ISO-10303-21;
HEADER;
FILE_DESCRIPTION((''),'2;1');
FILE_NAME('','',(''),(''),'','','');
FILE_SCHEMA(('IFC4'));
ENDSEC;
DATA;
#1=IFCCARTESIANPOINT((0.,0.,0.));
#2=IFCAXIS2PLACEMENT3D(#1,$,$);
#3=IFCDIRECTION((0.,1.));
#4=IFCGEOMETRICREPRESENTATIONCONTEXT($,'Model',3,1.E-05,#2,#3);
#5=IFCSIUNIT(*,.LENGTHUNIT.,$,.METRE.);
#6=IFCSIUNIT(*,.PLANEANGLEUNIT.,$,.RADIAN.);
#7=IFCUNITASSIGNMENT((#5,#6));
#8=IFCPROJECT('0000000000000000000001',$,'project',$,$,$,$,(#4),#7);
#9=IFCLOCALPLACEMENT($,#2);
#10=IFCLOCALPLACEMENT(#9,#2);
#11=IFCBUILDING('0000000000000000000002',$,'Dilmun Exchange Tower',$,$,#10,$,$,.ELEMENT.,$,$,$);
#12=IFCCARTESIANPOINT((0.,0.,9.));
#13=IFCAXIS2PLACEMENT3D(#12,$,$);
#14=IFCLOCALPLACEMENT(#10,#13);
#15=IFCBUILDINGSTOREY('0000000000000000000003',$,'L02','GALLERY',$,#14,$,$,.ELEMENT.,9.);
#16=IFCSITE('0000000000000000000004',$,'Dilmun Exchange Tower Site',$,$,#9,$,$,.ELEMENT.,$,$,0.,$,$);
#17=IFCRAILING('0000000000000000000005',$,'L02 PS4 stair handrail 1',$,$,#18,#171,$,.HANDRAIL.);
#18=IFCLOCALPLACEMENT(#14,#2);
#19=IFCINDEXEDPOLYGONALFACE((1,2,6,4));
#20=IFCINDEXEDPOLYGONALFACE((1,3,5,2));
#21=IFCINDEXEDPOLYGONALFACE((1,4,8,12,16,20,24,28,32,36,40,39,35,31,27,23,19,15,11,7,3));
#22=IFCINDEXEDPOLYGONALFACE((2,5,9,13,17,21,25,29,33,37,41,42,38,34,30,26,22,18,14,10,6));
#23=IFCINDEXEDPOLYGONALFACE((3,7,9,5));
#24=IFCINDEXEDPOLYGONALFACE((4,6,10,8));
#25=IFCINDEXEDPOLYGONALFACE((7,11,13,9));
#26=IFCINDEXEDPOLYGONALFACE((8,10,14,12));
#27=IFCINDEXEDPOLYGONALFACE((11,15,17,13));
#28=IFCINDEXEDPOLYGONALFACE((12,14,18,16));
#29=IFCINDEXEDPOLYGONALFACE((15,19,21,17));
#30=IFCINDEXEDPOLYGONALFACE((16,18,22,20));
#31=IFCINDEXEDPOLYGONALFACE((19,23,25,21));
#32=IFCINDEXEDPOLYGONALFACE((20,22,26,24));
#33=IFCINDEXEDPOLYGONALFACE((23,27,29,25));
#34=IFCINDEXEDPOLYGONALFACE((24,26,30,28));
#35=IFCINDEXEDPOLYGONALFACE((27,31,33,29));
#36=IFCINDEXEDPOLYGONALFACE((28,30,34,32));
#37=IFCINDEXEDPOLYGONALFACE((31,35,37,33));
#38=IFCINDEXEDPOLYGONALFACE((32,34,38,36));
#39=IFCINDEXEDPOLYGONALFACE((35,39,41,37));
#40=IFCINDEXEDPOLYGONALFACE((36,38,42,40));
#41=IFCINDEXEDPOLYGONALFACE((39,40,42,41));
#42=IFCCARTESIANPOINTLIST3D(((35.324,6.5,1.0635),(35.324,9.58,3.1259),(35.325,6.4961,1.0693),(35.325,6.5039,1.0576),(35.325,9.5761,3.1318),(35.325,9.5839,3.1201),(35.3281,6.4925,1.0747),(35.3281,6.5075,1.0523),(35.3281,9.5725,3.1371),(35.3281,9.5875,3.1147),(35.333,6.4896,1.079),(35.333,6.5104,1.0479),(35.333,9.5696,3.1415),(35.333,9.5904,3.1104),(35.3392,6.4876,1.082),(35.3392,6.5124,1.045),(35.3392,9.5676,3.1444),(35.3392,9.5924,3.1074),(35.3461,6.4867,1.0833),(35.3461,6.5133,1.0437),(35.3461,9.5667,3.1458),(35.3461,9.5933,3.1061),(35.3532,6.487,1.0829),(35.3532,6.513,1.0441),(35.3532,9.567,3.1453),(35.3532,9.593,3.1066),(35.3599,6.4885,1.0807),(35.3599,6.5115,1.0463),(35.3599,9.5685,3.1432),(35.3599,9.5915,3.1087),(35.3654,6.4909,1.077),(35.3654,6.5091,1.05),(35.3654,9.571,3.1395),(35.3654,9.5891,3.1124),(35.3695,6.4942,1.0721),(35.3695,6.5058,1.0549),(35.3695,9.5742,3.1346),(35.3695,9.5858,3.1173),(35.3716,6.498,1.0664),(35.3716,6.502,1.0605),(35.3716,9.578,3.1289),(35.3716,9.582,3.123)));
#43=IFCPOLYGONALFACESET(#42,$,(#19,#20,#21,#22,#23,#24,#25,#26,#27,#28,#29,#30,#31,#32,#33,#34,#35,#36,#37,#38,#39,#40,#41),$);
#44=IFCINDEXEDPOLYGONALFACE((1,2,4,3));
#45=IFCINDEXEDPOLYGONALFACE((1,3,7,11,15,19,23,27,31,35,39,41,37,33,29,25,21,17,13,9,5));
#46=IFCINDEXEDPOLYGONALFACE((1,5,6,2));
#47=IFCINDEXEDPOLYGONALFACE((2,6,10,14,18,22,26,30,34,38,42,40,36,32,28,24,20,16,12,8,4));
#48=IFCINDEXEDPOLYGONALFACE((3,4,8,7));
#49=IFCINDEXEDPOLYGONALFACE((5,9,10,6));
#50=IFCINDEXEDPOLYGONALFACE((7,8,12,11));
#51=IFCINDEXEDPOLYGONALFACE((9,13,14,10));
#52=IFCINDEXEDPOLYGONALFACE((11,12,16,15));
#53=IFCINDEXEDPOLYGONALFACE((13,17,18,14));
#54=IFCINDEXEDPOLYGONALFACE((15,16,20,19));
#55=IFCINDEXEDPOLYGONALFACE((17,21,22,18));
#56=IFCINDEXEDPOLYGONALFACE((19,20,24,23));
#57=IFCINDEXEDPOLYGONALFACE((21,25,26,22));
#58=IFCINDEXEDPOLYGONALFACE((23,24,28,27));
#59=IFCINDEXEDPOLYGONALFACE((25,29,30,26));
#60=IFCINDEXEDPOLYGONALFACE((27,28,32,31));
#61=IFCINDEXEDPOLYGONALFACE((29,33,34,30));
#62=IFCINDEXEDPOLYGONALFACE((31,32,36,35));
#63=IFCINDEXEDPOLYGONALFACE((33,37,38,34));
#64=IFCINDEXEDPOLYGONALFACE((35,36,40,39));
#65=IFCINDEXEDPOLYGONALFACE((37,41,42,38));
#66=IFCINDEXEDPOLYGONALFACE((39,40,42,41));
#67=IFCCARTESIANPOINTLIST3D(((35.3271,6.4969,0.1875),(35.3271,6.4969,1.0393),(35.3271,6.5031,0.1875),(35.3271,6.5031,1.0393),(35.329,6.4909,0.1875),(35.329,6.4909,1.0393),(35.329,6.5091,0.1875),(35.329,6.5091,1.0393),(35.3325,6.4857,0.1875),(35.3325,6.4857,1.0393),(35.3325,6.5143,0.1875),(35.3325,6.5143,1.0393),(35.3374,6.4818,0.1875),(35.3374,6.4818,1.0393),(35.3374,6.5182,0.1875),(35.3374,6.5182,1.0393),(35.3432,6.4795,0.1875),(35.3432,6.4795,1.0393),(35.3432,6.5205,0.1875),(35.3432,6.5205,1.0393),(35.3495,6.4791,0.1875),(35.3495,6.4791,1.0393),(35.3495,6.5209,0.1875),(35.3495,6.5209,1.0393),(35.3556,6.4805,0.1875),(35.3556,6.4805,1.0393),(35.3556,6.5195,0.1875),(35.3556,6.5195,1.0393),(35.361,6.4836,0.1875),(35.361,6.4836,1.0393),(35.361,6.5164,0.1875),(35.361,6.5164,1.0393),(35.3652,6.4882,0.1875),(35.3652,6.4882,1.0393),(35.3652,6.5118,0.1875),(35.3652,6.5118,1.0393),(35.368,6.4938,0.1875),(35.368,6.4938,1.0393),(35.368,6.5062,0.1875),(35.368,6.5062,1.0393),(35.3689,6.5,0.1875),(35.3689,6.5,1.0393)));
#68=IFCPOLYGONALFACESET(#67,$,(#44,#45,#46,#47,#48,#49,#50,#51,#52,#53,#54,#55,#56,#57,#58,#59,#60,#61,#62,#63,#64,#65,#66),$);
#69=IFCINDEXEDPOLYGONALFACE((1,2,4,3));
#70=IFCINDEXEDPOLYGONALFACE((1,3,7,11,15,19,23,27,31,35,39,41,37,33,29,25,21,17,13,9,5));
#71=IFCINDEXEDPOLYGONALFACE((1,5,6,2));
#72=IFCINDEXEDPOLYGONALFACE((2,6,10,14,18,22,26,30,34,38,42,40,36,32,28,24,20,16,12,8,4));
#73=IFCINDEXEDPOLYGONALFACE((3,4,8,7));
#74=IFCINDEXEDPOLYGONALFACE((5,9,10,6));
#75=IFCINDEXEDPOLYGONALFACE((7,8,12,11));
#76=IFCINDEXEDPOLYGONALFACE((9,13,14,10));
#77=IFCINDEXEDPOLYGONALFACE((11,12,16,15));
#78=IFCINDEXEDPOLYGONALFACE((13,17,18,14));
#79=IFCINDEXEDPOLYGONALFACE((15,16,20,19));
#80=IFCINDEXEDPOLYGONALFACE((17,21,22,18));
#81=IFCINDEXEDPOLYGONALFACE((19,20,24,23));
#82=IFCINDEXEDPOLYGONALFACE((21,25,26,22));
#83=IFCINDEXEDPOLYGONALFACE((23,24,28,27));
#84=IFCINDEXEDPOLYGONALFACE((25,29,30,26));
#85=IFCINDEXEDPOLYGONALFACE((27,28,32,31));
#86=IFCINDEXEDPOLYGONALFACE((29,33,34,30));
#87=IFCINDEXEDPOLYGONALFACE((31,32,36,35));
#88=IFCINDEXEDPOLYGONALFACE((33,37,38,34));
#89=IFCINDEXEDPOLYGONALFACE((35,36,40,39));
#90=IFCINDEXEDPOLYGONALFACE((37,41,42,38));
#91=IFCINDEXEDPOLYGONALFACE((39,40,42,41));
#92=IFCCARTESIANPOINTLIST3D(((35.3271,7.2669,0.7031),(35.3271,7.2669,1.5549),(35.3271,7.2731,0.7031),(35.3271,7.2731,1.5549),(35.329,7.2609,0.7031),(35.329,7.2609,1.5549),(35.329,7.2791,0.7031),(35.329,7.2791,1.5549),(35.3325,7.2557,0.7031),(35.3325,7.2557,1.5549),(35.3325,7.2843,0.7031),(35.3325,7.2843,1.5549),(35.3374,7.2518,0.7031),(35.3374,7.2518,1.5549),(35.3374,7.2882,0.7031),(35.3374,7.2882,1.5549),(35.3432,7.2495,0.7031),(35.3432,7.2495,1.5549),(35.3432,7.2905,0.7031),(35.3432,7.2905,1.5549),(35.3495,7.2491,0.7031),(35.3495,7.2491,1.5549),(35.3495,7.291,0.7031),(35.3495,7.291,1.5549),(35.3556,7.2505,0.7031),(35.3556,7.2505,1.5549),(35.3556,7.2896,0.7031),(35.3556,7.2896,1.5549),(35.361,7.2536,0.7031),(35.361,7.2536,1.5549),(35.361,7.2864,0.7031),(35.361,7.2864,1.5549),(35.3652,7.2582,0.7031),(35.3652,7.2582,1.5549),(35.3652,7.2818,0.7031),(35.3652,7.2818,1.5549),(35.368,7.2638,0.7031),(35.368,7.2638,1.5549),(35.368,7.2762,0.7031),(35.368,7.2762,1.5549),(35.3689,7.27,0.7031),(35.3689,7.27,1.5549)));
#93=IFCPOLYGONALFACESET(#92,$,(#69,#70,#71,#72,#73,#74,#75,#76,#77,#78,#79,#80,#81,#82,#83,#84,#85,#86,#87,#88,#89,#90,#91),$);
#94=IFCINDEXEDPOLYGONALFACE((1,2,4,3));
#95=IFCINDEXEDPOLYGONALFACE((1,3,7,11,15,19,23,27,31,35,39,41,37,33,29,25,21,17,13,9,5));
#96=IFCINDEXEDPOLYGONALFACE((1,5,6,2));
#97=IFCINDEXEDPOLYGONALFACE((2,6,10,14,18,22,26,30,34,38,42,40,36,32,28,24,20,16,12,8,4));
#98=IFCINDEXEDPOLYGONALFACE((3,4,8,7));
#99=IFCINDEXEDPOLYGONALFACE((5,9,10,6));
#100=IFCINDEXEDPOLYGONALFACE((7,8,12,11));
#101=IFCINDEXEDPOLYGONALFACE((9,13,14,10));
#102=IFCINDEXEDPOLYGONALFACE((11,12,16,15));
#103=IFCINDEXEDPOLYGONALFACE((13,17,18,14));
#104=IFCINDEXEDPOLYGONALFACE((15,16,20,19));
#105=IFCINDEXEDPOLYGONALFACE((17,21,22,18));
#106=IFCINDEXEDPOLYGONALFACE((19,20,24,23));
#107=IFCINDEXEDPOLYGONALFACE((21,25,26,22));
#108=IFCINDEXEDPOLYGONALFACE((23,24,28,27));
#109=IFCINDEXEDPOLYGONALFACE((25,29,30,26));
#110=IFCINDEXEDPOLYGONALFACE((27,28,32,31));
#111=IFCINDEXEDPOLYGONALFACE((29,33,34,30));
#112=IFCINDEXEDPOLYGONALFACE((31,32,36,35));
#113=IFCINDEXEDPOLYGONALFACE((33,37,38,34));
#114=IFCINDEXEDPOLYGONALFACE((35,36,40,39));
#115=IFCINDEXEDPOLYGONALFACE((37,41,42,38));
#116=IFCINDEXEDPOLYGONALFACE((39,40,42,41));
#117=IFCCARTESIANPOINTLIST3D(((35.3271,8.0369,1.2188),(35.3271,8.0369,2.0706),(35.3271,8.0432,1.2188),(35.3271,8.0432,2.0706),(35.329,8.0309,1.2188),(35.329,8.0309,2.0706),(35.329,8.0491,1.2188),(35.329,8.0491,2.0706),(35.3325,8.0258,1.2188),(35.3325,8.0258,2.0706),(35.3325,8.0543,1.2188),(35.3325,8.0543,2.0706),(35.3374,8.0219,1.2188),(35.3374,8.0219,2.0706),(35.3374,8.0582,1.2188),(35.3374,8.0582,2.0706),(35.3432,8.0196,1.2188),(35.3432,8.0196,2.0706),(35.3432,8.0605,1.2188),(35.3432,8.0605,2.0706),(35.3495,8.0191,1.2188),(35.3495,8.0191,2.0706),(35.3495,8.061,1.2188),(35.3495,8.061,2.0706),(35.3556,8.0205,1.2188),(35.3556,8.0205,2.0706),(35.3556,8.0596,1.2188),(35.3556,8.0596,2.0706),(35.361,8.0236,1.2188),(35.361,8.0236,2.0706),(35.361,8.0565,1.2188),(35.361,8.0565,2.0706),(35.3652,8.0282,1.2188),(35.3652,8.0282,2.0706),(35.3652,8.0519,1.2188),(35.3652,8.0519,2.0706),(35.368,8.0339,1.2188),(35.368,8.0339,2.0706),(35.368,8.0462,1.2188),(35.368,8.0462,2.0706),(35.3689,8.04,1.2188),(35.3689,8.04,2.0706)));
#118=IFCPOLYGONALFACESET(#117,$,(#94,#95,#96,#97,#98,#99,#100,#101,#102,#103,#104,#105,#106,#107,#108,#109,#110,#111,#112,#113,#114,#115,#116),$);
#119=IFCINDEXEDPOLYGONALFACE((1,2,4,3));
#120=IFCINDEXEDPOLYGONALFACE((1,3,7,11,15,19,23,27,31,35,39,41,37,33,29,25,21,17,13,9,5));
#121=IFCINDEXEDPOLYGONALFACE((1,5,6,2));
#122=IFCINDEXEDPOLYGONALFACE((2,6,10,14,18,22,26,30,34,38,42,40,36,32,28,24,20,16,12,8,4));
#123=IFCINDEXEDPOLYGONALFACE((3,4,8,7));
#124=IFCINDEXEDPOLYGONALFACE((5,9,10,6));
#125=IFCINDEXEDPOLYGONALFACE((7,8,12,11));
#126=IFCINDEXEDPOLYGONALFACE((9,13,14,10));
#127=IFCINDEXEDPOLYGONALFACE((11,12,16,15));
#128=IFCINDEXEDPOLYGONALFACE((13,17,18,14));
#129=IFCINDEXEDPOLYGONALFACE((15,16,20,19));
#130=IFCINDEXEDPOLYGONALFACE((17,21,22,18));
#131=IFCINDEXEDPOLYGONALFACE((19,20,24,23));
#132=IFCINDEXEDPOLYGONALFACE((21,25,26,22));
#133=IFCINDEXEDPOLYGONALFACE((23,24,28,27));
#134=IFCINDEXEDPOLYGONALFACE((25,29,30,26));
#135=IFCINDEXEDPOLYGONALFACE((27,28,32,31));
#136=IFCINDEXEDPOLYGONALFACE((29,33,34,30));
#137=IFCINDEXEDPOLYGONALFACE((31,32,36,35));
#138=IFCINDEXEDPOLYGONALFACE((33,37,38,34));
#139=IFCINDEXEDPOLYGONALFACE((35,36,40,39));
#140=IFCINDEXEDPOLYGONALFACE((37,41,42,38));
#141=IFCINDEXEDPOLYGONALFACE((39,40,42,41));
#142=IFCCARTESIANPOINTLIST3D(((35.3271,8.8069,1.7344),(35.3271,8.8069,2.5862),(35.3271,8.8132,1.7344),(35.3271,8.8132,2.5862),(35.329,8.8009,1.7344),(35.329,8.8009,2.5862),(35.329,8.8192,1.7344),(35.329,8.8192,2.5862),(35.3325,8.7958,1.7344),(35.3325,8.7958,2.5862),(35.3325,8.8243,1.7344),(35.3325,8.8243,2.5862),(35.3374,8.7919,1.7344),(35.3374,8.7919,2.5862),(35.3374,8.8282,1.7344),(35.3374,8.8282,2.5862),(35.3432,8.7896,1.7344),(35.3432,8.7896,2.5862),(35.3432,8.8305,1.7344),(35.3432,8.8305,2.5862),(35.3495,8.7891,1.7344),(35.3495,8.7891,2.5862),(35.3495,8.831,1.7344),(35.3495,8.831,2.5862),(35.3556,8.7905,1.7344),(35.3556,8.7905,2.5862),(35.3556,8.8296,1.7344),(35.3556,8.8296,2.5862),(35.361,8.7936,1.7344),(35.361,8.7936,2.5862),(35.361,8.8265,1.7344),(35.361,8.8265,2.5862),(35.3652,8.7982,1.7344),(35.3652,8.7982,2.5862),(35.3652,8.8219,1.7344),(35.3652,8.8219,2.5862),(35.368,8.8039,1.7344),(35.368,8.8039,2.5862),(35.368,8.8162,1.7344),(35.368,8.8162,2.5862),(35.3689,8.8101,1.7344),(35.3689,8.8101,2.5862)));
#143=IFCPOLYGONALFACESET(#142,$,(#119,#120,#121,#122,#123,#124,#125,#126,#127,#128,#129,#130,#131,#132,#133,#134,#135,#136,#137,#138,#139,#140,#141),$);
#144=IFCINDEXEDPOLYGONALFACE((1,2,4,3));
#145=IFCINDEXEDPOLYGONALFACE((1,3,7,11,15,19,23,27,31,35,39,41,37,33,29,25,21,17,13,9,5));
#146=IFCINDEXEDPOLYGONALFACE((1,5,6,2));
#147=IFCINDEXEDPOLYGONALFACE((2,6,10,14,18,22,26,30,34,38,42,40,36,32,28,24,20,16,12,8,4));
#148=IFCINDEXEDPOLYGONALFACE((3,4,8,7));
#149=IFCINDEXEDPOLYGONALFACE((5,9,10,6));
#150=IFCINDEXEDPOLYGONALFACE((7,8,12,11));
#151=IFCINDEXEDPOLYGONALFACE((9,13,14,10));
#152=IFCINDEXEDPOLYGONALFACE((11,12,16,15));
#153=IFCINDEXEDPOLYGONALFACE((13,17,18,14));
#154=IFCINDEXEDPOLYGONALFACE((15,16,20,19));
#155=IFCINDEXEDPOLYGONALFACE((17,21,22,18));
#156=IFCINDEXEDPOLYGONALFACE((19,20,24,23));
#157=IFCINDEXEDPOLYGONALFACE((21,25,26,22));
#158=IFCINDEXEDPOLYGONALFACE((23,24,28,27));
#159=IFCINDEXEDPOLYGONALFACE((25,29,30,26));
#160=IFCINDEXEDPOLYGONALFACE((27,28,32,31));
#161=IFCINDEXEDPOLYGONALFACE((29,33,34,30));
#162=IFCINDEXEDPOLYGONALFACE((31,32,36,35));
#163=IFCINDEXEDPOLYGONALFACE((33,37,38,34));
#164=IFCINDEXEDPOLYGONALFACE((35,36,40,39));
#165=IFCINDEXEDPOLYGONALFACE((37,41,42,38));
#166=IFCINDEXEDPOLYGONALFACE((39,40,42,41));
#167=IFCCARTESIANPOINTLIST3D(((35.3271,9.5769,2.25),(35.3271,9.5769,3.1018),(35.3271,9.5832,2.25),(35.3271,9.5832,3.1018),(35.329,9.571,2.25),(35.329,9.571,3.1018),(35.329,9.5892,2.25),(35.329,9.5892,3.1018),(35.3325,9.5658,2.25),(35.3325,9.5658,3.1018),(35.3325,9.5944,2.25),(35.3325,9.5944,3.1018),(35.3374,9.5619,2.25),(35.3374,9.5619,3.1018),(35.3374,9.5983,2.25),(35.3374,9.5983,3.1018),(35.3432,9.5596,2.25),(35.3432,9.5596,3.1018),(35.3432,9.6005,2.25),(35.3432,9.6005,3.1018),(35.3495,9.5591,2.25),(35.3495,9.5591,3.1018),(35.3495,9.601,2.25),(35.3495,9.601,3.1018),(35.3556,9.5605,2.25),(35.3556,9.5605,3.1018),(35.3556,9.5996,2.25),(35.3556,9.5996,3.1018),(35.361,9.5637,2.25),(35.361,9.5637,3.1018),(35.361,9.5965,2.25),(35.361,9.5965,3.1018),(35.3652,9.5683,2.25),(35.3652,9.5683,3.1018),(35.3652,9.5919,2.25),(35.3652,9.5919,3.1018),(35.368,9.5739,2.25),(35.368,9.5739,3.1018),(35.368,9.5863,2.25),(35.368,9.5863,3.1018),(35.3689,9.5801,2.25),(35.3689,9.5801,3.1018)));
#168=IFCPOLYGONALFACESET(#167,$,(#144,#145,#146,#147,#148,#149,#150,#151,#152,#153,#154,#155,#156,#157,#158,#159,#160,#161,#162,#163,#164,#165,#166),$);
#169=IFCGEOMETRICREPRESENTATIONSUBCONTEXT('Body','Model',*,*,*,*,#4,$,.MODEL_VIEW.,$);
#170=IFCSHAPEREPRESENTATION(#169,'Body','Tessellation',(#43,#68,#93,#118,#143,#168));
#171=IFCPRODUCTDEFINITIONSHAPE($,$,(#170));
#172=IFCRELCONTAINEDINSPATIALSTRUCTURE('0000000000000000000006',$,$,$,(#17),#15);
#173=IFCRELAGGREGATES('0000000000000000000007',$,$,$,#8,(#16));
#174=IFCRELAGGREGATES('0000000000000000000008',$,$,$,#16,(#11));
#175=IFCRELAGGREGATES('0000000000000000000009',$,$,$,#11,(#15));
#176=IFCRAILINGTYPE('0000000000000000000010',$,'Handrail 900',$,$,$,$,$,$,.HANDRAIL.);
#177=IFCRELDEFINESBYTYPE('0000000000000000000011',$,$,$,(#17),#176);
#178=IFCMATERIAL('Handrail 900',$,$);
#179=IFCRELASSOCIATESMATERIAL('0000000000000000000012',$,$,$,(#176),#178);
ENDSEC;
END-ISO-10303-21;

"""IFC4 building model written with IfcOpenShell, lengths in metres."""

from ifc_helpers import new_model, si_unit, direction, frame, origin, origin_2d, place, context, subcontext, project, spatial, circle, extrude, material, type_object, element, save


model = new_model("IFC4")

# Units and contexts
model_context = context("Model", 3, precision=1e-05, world=origin(), true_north=direction((0.0, 1.0)))
body_context = subcontext(model_context, "Body", "Model", "MODEL_VIEW")
ifc_project = project(units=[si_unit("LENGTHUNIT", "METRE"), si_unit("PLANEANGLEUNIT", "RADIAN")], contexts=[model_context])

# Site, building, storey
site_placement = place(None, origin())
site = spatial("IfcSite", under=ifc_project, at=site_placement, Name="Dilmun Exchange Tower Site", CompositionType="ELEMENT", RefElevation=0.0)
building_placement = place(site_placement, origin())
building = spatial("IfcBuilding", under=site, at=building_placement, Name="Dilmun Exchange Tower", CompositionType="ELEMENT")
storey_placement = place(building_placement, frame((0.0, 0.0, 9.0)))
storey = spatial("IfcBuildingStorey", under=building, at=storey_placement, Name="L02", Description="GALLERY", CompositionType="ELEMENT", Elevation=9.0)

# Railing
ifc_material_1 = material(Name="Handrail 900")
railing_type_1 = type_object("IfcRailingType", Name="Handrail 900", PredefinedType="HANDRAIL", material=ifc_material_1)
railing_1_placement = place(storey_placement, frame((35.3479, 6.5, 0.1875)))
element("IfcRailing", 1, at=railing_1_placement, inside=storey, type_object=railing_type_1, Name="L02 PS4 stair handrail 1", PredefinedType="HANDRAIL", context=body_context, shape_type="SweptSolid", body=[
    extrude(circle(Radius=0.0239, at=origin_2d()), frame((0.0, 0.0, 0.876), z_axis=(0.0, 0.830914, 0.556401), x_axis=(-1.0, 0.0, 0.0)), (0.0, 0.0, 1.0), 3.7068),
    extrude(circle(Radius=0.021, at=origin_2d()), origin(), (0.0, 0.0, 1.0), 0.8518),
    extrude(circle(Radius=0.021, at=origin_2d()), frame((0.0, 0.77, 0.5156)), (0.0, 0.0, 1.0), 0.8518),
    extrude(circle(Radius=0.021, at=origin_2d()), frame((0.0, 1.54, 1.0312)), (0.0, 0.0, 1.0), 0.8518),
    extrude(circle(Radius=0.021, at=origin_2d()), frame((0.0, 2.3101, 1.5469)), (0.0, 0.0, 1.0), 0.8518),
    extrude(circle(Radius=0.021, at=origin_2d()), frame((0.0, 3.0801, 2.0625)), (0.0, 0.0, 1.0), 0.8518),
])

save(model, "model.ifc")
